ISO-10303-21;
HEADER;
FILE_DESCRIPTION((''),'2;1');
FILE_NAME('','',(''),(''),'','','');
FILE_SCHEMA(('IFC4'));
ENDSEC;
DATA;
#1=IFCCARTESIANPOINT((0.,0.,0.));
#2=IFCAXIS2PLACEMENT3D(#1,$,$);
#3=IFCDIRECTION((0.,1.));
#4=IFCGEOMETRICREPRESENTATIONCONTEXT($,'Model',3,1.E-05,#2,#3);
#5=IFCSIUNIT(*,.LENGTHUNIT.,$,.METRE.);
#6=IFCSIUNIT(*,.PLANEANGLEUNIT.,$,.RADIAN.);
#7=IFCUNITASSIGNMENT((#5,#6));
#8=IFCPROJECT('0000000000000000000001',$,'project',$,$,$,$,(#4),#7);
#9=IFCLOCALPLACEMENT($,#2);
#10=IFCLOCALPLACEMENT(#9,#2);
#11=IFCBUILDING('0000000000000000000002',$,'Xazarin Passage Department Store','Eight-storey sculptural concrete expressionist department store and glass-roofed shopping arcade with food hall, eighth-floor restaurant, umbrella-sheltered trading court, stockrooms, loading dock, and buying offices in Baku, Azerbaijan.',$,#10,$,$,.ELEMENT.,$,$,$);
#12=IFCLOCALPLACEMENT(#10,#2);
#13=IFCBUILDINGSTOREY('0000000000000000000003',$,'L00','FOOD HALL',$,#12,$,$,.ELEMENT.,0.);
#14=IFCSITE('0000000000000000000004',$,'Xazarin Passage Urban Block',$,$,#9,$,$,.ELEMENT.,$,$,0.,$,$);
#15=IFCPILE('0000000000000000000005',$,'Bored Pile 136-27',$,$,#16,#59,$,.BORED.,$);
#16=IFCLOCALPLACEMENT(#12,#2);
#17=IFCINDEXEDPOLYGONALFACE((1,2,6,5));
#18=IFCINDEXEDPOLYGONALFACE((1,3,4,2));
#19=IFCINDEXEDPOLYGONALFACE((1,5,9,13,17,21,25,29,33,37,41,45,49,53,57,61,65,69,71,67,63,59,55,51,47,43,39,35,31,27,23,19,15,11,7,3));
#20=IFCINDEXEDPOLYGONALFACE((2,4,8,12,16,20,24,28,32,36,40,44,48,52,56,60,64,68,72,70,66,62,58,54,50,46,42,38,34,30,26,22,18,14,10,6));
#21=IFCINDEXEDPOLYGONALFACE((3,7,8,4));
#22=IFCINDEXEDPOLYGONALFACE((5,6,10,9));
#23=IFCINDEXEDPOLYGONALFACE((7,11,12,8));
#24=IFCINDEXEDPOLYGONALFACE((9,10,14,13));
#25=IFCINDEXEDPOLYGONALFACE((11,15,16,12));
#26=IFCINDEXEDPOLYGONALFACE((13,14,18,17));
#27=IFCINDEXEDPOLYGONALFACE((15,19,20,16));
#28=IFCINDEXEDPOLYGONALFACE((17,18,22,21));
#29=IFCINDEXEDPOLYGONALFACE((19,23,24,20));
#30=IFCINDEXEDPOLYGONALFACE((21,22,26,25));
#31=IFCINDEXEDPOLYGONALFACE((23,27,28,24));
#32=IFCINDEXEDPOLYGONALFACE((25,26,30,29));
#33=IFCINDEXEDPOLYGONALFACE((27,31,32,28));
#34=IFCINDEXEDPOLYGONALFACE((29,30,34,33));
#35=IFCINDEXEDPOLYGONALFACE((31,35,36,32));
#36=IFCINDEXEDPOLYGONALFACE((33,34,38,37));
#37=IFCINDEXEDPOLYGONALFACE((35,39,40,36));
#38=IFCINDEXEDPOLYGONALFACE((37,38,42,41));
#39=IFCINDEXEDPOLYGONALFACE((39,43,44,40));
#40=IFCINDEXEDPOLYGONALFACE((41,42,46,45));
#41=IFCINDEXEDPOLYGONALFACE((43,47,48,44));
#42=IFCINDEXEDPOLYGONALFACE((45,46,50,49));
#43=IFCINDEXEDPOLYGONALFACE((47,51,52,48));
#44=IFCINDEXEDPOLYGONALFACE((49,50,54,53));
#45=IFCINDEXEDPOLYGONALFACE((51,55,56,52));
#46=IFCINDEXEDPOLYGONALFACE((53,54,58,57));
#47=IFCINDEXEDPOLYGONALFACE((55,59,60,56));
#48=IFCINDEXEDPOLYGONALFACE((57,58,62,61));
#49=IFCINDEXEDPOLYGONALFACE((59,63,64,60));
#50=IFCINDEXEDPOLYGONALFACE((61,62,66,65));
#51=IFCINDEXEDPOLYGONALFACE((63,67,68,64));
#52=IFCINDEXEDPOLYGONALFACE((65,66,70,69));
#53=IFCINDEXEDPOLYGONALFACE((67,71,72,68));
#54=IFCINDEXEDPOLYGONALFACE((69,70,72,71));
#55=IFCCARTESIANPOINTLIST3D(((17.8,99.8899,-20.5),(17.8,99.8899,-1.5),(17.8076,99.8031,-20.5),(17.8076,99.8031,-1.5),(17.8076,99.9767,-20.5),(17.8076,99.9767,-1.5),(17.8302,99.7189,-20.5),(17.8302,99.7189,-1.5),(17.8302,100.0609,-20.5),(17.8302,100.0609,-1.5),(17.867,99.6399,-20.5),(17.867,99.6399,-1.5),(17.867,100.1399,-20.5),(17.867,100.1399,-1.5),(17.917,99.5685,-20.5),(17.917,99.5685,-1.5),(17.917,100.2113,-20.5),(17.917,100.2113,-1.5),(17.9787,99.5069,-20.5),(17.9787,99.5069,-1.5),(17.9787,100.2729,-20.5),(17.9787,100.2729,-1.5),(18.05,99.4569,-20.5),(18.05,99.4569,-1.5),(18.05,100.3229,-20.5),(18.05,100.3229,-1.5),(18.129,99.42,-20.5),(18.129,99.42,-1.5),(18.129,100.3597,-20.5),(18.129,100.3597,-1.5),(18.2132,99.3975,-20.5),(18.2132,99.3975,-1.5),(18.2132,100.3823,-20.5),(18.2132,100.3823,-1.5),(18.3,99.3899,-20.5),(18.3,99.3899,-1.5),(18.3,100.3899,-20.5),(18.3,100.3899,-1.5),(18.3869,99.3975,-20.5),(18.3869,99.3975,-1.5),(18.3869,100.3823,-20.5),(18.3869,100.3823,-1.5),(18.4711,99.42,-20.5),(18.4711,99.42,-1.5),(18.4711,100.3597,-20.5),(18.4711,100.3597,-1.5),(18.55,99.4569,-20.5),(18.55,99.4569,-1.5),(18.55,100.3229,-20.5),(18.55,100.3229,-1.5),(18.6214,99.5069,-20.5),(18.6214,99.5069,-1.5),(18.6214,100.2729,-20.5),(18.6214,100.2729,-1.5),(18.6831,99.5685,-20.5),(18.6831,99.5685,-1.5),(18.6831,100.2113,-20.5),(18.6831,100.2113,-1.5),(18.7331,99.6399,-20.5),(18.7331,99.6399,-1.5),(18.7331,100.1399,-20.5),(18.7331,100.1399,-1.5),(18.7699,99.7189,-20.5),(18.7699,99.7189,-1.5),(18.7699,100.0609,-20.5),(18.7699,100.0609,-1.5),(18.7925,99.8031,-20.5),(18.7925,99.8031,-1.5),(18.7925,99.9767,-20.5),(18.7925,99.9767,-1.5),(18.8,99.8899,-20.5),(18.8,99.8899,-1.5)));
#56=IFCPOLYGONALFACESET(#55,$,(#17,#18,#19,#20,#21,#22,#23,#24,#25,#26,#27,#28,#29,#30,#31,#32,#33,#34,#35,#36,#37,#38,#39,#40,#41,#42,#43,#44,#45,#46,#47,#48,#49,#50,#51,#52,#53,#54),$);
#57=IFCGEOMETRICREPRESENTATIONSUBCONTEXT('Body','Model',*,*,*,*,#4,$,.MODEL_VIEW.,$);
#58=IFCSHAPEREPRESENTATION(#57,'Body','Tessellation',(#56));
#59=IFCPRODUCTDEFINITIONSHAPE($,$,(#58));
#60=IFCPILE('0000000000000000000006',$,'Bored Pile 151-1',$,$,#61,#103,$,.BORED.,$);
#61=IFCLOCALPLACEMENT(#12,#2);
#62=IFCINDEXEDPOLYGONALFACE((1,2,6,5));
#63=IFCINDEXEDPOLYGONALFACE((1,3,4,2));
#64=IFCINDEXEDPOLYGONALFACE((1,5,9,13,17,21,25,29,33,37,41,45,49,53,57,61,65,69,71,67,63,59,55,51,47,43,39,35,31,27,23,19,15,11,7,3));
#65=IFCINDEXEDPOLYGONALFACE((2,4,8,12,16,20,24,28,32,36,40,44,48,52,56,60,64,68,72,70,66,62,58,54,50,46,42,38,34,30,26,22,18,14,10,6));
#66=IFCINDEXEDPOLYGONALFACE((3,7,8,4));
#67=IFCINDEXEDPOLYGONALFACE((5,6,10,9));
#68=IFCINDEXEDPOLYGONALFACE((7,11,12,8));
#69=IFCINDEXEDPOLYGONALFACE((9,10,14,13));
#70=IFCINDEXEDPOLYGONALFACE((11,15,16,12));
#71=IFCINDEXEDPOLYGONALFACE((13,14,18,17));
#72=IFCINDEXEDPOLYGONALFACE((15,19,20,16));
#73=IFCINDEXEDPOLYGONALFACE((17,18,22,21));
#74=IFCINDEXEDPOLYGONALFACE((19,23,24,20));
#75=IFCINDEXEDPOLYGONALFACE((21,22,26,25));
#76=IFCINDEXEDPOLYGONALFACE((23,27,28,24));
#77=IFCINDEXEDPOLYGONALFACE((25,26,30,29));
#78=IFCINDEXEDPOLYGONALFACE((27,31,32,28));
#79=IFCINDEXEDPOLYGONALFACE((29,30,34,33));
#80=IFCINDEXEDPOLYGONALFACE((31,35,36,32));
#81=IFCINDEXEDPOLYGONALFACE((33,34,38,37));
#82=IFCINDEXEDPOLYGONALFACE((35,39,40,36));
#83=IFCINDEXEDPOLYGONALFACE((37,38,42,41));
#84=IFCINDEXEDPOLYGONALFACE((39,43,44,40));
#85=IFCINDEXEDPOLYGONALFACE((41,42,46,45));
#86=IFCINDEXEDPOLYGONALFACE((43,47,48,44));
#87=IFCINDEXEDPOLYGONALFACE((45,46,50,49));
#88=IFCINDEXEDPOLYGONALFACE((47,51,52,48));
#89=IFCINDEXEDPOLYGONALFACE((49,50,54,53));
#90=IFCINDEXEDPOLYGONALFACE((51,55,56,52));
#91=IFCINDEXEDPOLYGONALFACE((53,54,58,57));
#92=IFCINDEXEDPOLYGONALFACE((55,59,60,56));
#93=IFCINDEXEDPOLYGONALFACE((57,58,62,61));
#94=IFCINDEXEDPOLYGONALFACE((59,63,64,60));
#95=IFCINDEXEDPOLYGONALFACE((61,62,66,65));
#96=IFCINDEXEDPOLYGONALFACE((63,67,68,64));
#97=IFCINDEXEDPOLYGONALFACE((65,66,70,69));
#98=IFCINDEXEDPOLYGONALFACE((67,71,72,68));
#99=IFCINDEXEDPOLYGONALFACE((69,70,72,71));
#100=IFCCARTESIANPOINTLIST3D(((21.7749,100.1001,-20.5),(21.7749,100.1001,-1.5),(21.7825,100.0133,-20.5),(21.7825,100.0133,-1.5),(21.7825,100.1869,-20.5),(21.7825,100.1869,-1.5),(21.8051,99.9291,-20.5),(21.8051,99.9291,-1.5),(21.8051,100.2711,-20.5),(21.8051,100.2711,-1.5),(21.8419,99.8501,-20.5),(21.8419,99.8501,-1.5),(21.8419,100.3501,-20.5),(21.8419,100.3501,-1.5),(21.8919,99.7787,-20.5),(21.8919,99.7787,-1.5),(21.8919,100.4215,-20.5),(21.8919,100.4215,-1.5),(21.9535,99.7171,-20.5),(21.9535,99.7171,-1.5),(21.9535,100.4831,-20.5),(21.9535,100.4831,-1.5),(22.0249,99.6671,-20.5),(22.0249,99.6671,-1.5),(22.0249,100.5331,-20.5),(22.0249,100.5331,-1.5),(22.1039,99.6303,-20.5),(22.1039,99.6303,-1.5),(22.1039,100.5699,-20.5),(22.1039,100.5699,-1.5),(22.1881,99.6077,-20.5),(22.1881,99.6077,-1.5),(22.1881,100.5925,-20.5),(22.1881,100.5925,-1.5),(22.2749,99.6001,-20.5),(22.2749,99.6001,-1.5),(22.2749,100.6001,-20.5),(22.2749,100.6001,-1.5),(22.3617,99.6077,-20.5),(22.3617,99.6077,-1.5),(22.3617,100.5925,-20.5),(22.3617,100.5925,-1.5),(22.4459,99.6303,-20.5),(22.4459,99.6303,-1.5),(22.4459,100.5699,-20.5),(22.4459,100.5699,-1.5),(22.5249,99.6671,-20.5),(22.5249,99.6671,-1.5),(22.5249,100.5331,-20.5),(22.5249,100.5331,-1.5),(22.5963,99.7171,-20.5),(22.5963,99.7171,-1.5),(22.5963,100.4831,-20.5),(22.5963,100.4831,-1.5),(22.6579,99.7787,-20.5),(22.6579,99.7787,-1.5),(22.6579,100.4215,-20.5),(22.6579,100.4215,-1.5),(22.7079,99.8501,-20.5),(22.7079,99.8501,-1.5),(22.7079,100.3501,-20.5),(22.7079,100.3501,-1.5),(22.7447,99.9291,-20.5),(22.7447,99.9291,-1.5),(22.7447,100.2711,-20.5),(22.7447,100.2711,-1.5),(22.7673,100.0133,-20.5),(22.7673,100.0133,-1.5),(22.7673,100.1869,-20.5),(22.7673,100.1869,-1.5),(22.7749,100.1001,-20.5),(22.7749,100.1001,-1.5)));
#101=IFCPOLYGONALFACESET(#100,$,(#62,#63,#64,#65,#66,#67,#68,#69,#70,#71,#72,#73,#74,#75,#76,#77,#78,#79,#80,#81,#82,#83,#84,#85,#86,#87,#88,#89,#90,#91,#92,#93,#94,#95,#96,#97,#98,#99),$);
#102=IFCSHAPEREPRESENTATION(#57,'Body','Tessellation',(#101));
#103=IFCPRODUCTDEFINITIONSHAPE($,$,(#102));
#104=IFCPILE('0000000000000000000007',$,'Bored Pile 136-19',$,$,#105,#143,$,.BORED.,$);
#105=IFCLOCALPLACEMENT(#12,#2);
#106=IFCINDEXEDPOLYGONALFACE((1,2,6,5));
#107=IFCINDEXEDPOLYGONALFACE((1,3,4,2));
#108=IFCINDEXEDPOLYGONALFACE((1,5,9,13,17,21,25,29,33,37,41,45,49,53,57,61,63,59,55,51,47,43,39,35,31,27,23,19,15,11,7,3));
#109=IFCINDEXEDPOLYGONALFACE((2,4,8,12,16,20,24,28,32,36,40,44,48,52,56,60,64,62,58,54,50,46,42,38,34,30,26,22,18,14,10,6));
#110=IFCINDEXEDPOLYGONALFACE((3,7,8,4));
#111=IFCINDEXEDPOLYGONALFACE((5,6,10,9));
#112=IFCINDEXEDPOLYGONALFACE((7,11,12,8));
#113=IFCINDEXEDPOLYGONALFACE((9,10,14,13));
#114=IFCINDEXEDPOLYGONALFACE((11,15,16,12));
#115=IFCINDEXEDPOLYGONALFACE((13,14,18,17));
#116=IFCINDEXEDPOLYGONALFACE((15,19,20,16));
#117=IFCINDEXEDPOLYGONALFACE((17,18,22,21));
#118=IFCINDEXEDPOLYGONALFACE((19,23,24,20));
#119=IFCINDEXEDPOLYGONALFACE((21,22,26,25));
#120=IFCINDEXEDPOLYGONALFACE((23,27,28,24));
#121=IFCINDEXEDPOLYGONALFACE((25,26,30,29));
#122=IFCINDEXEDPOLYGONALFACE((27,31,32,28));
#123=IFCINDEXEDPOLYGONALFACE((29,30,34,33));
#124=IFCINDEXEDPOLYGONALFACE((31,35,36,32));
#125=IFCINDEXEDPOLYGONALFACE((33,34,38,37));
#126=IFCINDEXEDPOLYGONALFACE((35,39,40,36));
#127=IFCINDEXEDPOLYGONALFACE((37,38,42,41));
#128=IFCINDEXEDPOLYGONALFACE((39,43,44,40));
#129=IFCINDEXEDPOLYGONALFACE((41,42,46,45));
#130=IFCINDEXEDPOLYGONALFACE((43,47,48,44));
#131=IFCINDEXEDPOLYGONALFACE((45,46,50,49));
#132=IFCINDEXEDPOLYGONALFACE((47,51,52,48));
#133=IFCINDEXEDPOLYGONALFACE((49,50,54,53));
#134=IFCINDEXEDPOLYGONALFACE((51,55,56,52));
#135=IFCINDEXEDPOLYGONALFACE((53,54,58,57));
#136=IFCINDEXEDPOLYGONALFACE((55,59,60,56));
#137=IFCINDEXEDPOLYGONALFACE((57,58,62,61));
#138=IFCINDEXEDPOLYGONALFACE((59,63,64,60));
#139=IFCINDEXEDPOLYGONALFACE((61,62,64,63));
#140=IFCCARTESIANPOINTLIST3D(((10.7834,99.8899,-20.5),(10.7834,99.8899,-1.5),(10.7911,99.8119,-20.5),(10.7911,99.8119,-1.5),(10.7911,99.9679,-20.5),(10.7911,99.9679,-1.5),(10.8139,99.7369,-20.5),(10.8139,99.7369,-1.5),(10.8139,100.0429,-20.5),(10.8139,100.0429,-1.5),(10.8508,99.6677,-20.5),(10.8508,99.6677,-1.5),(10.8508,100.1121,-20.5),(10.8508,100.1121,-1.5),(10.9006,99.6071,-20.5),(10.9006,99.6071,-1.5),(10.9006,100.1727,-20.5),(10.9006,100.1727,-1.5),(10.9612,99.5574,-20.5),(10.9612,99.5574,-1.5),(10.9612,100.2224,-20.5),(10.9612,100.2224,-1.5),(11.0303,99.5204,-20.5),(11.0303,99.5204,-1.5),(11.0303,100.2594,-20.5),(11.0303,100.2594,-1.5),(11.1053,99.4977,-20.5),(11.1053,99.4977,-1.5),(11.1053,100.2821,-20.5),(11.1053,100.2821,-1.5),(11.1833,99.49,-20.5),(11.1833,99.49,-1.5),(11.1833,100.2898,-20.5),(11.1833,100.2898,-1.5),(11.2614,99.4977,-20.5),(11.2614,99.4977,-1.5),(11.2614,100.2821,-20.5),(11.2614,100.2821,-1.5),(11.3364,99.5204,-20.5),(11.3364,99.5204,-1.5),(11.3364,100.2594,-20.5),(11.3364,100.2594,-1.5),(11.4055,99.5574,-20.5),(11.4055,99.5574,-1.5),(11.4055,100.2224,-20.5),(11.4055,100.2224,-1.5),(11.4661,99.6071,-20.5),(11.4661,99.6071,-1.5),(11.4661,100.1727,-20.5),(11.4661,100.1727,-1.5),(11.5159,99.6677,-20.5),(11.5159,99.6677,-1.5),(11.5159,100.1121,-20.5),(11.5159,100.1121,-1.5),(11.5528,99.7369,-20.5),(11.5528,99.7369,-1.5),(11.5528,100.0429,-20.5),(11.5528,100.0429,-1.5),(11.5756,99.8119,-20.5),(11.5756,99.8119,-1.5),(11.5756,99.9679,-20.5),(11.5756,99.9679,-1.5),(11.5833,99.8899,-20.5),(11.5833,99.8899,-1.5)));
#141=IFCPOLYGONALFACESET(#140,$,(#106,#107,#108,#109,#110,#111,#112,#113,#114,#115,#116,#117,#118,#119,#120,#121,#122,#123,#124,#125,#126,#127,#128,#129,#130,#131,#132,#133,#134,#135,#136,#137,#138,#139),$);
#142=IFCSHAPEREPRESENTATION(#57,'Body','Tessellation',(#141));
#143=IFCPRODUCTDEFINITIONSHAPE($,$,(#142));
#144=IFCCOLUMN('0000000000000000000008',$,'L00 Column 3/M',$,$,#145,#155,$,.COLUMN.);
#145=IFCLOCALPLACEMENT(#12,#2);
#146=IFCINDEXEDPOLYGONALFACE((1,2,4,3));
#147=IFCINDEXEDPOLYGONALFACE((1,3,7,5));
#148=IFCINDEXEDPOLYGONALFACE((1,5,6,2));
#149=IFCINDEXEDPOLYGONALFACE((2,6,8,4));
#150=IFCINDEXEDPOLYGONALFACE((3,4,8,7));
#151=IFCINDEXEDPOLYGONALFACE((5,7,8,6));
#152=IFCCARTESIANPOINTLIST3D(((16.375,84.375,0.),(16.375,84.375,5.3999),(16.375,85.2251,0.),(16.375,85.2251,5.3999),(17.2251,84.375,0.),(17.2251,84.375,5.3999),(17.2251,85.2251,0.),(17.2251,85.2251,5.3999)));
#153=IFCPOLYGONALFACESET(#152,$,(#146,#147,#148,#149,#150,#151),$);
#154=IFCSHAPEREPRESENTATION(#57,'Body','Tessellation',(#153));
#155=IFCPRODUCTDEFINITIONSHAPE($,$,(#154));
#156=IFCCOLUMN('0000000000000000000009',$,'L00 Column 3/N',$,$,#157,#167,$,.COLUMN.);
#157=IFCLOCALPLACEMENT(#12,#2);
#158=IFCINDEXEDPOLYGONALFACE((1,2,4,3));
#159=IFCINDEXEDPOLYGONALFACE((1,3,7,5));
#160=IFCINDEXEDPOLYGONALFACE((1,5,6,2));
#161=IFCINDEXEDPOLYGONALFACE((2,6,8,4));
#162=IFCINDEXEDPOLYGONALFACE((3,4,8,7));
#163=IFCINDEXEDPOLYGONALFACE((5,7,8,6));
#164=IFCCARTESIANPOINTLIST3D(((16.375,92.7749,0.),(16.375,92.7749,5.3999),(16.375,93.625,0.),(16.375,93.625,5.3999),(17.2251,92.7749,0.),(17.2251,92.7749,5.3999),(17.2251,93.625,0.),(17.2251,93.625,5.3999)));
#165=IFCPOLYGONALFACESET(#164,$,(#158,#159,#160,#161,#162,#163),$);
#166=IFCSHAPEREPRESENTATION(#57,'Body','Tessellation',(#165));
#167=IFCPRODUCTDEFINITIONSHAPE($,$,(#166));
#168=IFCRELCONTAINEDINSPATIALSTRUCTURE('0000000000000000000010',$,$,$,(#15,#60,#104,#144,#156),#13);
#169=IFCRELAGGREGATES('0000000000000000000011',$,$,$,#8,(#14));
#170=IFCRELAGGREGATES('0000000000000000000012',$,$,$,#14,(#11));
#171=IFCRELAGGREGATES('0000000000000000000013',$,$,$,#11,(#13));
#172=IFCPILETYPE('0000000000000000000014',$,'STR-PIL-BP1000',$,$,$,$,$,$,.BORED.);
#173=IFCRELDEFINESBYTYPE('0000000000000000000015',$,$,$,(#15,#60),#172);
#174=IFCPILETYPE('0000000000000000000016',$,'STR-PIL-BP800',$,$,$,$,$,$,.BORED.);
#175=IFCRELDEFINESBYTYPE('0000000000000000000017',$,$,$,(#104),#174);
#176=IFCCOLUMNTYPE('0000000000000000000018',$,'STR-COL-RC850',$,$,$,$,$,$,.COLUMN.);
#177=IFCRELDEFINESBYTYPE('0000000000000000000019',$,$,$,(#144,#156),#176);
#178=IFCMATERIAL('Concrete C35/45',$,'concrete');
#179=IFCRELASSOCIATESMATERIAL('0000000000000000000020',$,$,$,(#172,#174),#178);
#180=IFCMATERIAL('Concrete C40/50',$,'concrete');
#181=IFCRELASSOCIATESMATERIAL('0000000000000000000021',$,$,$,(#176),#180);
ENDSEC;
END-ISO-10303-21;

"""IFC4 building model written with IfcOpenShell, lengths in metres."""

from ifc_helpers import new_model, si_unit, direction, frame, origin, origin_2d, place, context, subcontext, project, spatial, rectangle, circle, extrude, material, material_profile, profile_set, type_object, element, save


model = new_model("IFC4")

# Units and contexts
model_context = context("Model", 3, precision=1e-05, world=origin(), true_north=direction((0.0, 1.0)))
body_context = subcontext(model_context, "Body", "Model", "MODEL_VIEW")
ifc_project = project(units=[si_unit("LENGTHUNIT", "METRE"), si_unit("PLANEANGLEUNIT", "RADIAN")], contexts=[model_context])

# Site, building, storey
site_placement = place(None, origin())
site = spatial("IfcSite", under=ifc_project, at=site_placement, Name="Xazarin Passage Urban Block", CompositionType="ELEMENT", RefElevation=0.0)
building_placement = place(site_placement, origin())
building = spatial("IfcBuilding", under=site, at=building_placement, Name="Xazarin Passage Department Store", Description="Eight-storey sculptural concrete expressionist department store and glass-roofed shopping arcade with food hall, eighth-floor restaurant, umbrella-sheltered trading court, stockrooms, loading dock, and buying offices in Baku, Azerbaijan.", CompositionType="ELEMENT")
storey_placement = place(building_placement, origin())
storey = spatial("IfcBuildingStorey", under=building, at=storey_placement, Name="L00", Description="FOOD HALL", CompositionType="ELEMENT", Elevation=0.0)

# Piles
ifc_material_1 = material(Name="Concrete C35/45", Category="concrete")
ifc_material_profile_1 = material_profile(ifc_material_1, circle(Radius=0.5, at=origin_2d()), Name="BP 1000")
ifc_profile_set_1 = profile_set([ifc_material_profile_1], Name="Concrete C35/45")
pile_type_1 = type_object("IfcPileType", Name="STR-PIL-BP1000", PredefinedType="BORED", material=ifc_profile_set_1)
for number, where, z_axis, x_axis, name in (
    (1, (18.3, 99.8899, -1.5), (0.0, 0.0, -1.0), (1.0, 0.0, 0.0), "Bored Pile 136-27"),
    (2, (22.2749, 100.1001, -1.5), (0.0, 0.0, -1.0), (1.0, 0.0, 0.0), "Bored Pile 151-1"),
):
    element("IfcPile", number, at=place(storey_placement, frame(where, z_axis=z_axis, x_axis=x_axis)), inside=storey, type_object=pile_type_1, Name=name, PredefinedType="BORED", context=body_context, shape_type="SweptSolid", body=[
        extrude(circle(Radius=0.5, at=origin_2d()), origin(), (0.0, 0.0, 1.0), 19.0),
    ])
ifc_material_profile_2 = material_profile(ifc_material_1, circle(Radius=0.3999, at=origin_2d()), Name="BP 800")
ifc_profile_set_2 = profile_set([ifc_material_profile_2], Name="Concrete C35/45")
pile_type_2 = type_object("IfcPileType", Name="STR-PIL-BP800", PredefinedType="BORED", material=ifc_profile_set_2)
pile_placement = place(storey_placement, frame((11.1833, 99.8899, -1.5), z_axis=(0.0, 0.0, -1.0), x_axis=(1.0, 0.0, 0.0)))
element("IfcPile", 3, at=pile_placement, inside=storey, type_object=pile_type_2, Name="Bored Pile 136-19", PredefinedType="BORED", context=body_context, shape_type="SweptSolid", body=[
    extrude(circle(Radius=0.3999, at=origin_2d()), origin(), (0.0, 0.0, 1.0), 19.0),
])

# Columns
ifc_material_2 = material(Name="Concrete C40/50", Category="concrete")
ifc_material_profile_3 = material_profile(ifc_material_2, rectangle(XDim=0.8501, YDim=0.8501, at=origin_2d()), Name="RC 850x850")
ifc_profile_set_3 = profile_set([ifc_material_profile_3], Name="Concrete C40/50")
column_type = type_object("IfcColumnType", Name="STR-COL-RC850", PredefinedType="COLUMN", material=ifc_profile_set_3)
for number, where, z_axis, x_axis, name in (
    (4, (16.8, 84.8, 0.0), (0.0, 0.0, 1.0), (1.0, 0.0, 0.0), "L00 Column 3/M"),
    (5, (16.8, 93.2, 0.0), (0.0, 0.0, 1.0), (1.0, 0.0, 0.0), "L00 Column 3/N"),
):
    element("IfcColumn", number, at=place(storey_placement, frame(where, z_axis=z_axis, x_axis=x_axis)), inside=storey, type_object=column_type, Name=name, PredefinedType="COLUMN", context=body_context, shape_type="SweptSolid", body=[
        extrude(rectangle(XDim=0.8501, YDim=0.8501, at=origin_2d()), origin(), (0.0, 0.0, 1.0), 5.3999),
    ])

save(model, "model.ifc")
